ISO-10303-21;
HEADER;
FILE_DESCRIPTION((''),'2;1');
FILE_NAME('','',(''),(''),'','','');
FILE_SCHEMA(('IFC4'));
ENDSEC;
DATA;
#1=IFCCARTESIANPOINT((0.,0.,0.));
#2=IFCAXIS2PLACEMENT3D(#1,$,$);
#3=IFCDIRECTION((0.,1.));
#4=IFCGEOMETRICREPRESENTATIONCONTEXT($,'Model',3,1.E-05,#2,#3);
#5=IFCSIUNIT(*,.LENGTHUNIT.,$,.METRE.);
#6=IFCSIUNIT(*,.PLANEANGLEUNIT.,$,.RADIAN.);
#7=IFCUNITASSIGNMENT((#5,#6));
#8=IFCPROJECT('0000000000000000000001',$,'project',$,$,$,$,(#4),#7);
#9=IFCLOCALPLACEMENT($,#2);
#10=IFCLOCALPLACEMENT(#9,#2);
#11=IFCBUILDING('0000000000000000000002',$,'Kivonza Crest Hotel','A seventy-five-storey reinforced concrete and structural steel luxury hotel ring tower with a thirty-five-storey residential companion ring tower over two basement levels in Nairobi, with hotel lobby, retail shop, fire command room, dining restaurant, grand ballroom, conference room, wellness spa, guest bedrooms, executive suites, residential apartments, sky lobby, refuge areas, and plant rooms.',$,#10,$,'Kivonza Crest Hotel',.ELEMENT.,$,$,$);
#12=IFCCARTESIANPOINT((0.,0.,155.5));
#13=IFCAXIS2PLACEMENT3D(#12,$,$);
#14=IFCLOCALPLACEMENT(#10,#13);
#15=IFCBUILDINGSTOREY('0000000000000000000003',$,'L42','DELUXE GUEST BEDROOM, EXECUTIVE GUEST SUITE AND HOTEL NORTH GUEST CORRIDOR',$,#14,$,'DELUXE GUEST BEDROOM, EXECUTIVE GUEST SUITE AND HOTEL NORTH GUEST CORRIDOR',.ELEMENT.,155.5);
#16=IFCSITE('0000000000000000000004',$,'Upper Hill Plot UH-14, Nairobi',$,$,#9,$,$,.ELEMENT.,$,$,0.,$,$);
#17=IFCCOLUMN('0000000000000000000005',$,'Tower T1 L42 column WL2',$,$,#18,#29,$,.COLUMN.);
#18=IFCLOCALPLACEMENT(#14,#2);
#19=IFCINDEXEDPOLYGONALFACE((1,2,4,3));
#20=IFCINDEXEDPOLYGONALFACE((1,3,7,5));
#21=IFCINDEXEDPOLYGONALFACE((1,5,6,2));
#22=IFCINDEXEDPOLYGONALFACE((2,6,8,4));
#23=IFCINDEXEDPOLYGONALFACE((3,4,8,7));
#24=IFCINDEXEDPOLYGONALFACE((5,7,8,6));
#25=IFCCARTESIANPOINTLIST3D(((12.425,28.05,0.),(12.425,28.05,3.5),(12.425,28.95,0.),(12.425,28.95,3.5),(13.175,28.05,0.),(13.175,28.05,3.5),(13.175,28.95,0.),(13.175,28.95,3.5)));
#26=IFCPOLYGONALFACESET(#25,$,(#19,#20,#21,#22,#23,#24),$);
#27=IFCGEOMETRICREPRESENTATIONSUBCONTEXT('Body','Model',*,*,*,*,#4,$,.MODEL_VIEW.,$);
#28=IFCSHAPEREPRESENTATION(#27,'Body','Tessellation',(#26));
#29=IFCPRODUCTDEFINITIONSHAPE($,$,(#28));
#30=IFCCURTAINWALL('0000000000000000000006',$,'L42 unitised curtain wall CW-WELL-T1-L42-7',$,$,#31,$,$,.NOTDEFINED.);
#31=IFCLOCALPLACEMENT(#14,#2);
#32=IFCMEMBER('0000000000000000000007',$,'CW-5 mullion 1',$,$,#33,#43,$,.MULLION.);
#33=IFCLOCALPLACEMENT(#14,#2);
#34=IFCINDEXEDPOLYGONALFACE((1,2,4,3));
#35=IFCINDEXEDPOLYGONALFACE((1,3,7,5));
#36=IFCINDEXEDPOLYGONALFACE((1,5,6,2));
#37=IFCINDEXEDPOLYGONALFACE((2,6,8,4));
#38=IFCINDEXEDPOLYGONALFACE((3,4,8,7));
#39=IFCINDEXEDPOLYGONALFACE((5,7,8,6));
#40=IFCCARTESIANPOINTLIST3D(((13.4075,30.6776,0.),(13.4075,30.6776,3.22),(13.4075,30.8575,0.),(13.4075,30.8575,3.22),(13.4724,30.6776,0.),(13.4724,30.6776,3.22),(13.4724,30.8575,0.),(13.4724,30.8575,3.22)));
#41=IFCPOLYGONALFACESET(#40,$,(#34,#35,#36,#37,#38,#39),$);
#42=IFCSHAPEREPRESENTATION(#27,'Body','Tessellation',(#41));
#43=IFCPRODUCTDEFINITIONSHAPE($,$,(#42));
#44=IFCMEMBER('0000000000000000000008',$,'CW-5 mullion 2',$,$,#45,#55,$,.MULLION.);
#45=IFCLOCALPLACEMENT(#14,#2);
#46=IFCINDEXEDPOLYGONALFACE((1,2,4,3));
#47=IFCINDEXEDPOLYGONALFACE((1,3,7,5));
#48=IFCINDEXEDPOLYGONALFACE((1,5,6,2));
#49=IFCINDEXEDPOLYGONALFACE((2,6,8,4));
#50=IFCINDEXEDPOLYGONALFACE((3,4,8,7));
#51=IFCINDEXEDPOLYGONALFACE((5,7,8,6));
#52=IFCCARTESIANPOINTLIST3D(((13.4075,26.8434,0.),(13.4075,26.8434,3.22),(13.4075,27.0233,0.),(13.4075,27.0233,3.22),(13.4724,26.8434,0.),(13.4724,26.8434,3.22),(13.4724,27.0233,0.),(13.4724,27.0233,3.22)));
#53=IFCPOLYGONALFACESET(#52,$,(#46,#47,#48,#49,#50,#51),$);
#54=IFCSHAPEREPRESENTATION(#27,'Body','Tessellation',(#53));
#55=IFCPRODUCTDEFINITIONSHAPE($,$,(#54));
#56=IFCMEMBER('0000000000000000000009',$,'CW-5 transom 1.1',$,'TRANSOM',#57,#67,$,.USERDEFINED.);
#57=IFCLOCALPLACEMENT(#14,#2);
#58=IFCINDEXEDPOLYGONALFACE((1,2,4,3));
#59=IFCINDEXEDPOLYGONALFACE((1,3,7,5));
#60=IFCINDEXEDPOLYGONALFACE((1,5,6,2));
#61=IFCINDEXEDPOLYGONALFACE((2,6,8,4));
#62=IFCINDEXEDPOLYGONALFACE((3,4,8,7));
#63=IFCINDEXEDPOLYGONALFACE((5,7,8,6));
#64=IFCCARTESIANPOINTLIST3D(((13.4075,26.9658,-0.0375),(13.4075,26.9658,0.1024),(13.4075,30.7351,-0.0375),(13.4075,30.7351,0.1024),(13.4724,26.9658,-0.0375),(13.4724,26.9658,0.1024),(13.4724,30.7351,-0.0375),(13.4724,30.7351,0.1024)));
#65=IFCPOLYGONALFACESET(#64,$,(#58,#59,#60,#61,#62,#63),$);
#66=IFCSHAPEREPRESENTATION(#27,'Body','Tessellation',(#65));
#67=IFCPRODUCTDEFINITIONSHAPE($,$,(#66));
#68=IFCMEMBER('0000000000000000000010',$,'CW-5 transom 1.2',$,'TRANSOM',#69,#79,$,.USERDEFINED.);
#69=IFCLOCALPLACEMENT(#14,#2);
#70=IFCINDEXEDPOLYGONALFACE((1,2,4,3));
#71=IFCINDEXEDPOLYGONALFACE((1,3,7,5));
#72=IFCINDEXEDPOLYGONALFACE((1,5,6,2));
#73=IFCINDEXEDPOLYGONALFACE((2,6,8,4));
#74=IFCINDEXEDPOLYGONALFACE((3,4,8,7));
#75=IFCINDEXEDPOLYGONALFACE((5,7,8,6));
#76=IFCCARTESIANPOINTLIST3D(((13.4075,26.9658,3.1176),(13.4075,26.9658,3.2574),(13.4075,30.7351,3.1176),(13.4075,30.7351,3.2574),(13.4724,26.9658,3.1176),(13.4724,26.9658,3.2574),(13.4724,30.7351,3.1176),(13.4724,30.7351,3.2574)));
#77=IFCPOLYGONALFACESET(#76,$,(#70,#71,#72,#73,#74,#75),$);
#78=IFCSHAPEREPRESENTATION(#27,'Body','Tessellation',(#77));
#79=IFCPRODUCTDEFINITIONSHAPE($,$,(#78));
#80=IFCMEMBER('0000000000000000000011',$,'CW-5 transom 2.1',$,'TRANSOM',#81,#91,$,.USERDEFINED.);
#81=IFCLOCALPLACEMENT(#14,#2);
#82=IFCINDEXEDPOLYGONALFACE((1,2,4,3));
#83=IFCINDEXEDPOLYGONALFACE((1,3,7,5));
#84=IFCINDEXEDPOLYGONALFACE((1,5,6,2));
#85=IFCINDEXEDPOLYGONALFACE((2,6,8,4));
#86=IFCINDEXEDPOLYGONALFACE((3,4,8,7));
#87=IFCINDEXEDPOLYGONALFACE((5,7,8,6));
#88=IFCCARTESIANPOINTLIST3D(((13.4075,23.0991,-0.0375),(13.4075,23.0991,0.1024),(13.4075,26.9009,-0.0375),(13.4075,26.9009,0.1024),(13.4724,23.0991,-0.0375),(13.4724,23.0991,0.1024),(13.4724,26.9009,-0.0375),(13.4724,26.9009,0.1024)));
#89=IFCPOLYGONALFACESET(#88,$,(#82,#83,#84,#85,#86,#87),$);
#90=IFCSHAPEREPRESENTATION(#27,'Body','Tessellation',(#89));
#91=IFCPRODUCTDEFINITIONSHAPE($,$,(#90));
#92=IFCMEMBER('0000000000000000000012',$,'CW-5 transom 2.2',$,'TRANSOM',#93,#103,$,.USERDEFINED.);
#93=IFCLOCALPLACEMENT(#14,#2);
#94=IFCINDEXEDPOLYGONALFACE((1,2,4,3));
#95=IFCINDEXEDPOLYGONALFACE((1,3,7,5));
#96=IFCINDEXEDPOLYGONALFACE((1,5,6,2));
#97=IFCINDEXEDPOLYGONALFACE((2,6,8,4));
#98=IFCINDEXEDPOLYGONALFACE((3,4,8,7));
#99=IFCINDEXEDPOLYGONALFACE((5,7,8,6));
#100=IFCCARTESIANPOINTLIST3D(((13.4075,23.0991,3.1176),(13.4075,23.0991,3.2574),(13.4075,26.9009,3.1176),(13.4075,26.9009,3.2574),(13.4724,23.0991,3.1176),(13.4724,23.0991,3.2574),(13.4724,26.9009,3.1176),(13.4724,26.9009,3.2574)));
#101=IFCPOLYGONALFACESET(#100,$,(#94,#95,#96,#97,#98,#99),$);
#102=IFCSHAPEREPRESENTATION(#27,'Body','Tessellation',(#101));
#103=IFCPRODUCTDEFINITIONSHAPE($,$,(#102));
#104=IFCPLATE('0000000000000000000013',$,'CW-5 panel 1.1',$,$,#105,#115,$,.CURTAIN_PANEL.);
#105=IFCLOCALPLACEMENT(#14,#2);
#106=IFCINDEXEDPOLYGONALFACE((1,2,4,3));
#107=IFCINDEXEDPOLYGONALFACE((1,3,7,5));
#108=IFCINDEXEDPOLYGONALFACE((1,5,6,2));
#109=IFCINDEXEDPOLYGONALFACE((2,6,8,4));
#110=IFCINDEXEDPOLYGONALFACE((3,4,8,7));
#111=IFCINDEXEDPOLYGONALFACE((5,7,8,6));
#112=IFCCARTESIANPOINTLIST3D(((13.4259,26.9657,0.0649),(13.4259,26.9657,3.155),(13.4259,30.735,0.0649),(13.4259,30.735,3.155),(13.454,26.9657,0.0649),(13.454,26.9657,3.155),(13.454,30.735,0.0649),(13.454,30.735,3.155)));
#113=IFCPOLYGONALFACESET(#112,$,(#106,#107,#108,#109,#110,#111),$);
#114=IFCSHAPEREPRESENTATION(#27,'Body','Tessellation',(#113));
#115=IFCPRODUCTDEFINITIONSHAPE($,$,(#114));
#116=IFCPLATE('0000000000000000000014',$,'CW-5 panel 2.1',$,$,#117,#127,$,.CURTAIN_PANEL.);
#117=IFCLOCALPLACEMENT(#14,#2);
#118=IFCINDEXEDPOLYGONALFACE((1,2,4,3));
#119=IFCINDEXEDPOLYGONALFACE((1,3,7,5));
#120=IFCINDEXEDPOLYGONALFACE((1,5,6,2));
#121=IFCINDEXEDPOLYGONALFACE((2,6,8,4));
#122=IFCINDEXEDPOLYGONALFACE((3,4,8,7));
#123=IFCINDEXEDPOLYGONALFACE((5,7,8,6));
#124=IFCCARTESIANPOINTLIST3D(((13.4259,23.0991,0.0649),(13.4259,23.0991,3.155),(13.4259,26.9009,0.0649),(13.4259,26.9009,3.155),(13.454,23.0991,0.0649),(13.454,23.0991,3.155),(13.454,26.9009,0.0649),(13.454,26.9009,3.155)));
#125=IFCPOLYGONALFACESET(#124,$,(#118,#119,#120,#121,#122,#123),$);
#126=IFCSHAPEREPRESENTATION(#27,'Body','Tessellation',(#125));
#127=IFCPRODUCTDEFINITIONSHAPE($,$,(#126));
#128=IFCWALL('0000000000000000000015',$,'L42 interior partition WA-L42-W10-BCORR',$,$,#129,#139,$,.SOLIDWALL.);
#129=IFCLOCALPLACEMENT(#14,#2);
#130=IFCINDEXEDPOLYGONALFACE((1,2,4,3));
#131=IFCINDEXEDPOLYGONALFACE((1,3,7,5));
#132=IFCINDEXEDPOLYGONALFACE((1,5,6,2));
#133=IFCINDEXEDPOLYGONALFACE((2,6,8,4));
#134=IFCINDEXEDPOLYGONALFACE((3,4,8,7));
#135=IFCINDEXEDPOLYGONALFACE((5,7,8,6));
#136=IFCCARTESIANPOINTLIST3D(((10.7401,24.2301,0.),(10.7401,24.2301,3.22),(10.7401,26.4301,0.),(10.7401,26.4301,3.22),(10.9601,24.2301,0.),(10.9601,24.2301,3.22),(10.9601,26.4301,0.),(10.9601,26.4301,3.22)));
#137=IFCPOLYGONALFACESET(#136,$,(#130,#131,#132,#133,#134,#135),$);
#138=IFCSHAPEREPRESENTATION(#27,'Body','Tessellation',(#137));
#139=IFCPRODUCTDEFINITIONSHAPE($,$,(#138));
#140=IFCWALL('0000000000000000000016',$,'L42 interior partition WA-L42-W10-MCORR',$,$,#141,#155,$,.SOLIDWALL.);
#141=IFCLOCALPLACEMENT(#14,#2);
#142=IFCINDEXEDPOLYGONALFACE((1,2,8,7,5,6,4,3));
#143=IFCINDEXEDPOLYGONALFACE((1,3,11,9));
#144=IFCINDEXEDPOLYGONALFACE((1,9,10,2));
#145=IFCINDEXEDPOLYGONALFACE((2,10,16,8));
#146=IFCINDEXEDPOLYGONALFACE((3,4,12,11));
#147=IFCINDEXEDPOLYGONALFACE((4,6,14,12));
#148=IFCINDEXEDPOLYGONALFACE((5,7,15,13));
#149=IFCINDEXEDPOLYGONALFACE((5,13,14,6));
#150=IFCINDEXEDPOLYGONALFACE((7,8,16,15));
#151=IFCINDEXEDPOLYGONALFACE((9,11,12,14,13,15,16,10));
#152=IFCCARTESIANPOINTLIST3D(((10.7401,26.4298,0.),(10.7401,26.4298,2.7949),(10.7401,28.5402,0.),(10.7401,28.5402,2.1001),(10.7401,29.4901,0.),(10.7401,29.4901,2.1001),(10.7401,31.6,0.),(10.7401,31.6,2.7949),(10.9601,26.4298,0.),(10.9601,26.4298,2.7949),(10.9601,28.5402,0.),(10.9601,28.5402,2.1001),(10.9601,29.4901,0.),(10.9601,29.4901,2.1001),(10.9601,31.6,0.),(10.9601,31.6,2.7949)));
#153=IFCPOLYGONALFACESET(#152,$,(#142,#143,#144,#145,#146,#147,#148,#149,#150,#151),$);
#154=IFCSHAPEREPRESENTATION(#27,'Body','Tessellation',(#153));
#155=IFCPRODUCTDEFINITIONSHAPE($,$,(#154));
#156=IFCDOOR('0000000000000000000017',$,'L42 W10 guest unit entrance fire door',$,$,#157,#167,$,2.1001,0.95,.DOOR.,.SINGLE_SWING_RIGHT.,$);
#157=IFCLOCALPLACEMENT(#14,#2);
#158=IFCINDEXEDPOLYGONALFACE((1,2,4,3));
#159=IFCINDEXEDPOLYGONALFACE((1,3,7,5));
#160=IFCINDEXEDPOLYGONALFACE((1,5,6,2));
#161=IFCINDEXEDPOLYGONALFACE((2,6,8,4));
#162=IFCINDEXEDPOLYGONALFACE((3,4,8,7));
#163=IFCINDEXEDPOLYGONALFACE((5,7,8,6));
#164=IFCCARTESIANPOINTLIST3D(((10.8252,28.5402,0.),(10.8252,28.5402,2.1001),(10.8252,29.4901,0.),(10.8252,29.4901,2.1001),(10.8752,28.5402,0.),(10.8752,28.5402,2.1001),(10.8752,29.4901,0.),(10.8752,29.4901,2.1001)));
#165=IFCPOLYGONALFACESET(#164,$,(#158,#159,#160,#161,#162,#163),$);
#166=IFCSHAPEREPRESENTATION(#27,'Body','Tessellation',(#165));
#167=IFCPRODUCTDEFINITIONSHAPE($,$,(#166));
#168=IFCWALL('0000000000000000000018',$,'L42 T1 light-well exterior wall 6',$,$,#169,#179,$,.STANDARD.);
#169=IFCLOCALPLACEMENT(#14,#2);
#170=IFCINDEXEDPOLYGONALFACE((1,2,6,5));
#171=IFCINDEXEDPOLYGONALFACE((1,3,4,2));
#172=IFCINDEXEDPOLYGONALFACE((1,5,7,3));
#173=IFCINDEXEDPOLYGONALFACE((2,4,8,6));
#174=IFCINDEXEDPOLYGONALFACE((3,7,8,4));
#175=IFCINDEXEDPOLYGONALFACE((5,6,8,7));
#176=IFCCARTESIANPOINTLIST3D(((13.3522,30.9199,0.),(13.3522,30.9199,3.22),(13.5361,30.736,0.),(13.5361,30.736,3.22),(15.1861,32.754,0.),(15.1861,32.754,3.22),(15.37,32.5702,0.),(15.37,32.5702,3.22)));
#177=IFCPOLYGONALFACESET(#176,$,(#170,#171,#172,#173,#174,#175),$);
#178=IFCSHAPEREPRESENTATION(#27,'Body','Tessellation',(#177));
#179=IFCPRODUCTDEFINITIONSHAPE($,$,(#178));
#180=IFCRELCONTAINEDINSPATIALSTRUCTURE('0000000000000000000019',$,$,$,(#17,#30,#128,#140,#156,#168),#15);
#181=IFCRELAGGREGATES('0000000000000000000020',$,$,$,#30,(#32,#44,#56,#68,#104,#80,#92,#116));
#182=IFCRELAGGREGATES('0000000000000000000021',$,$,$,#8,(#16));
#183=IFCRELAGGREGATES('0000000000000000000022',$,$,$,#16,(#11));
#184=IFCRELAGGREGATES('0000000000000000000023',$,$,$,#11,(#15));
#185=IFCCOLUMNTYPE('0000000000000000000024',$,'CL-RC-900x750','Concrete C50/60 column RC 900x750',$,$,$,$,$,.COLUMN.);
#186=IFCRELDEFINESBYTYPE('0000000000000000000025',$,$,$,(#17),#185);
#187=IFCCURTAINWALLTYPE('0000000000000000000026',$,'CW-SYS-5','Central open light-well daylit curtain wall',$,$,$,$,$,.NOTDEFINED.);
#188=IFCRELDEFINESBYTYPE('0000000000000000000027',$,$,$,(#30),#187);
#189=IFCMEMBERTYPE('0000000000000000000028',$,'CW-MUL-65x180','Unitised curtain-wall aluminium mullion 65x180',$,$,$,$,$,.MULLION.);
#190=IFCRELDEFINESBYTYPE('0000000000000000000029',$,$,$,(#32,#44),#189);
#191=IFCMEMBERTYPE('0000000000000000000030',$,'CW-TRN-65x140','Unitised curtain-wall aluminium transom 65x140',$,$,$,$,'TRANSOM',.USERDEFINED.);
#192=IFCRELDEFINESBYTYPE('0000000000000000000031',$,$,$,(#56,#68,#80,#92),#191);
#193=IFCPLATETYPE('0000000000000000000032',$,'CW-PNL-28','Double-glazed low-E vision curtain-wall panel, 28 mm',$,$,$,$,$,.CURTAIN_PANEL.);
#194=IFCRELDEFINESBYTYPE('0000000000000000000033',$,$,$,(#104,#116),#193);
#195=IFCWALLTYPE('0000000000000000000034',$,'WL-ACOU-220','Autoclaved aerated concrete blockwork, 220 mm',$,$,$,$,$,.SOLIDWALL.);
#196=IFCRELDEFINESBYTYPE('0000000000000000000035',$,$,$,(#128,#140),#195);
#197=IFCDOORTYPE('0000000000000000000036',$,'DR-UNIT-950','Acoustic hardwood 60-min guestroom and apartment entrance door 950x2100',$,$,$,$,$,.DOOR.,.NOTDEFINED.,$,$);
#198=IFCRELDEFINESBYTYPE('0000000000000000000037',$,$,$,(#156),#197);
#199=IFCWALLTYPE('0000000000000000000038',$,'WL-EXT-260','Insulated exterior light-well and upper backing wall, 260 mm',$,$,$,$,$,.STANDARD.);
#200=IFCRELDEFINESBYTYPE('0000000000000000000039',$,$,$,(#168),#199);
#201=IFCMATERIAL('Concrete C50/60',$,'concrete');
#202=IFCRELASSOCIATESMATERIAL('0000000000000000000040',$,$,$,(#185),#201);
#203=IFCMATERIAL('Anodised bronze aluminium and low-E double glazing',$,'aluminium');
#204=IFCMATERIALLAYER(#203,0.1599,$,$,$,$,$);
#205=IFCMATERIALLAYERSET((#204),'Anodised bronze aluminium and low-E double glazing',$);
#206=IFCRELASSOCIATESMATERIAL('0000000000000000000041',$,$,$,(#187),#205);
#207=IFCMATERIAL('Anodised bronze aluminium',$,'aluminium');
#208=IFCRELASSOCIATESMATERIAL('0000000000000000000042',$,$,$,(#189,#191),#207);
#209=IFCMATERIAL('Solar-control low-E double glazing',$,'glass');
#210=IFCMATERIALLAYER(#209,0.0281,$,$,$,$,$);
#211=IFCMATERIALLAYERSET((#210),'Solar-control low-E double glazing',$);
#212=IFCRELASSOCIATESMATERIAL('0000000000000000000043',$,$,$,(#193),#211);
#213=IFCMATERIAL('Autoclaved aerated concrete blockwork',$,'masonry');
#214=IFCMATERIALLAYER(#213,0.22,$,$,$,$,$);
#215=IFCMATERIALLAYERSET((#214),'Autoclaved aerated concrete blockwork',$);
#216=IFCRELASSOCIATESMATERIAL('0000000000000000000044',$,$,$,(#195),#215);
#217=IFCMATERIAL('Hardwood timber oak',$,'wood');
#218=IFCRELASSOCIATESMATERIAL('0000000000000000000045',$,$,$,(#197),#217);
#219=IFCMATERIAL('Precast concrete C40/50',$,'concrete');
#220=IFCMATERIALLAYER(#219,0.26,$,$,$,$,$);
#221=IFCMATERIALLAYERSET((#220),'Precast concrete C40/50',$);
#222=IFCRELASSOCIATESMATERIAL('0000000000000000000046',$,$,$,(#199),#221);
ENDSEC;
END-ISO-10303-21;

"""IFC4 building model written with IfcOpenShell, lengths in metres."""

from ifc_helpers import new_model, si_unit, direction, frame, frame_2d, origin, origin_2d, place, context, subcontext, project, spatial, rectangle, extrude, material, layer, layer_set, material_profile, profile_set, type_object, element, fill, aggregate, save


model = new_model("IFC4")

# Units and contexts
model_context = context("Model", 3, precision=1e-05, world=origin(), true_north=direction((0.0, 1.0)))
body_context = subcontext(model_context, "Body", "Model", "MODEL_VIEW")
ifc_project = project(units=[si_unit("LENGTHUNIT", "METRE"), si_unit("PLANEANGLEUNIT", "RADIAN")], contexts=[model_context])

# Site, building, storey
site_placement = place(None, origin())
site = spatial("IfcSite", under=ifc_project, at=site_placement, Name="Upper Hill Plot UH-14, Nairobi", CompositionType="ELEMENT", RefElevation=0.0)
building_placement = place(site_placement, origin())
building = spatial("IfcBuilding", under=site, at=building_placement, Name="Kivonza Crest Hotel", Description="A seventy-five-storey reinforced concrete and structural steel luxury hotel ring tower with a thirty-five-storey residential companion ring tower over two basement levels in Nairobi, with hotel lobby, retail shop, fire command room, dining restaurant, grand ballroom, conference room, wellness spa, guest bedrooms, executive suites, residential apartments, sky lobby, refuge areas, and plant rooms.", LongName="Kivonza Crest Hotel", CompositionType="ELEMENT")
storey_placement = place(building_placement, frame((0.0, 0.0, 155.5)))
storey = spatial("IfcBuildingStorey", under=building, at=storey_placement, Name="L42", Description="DELUXE GUEST BEDROOM, EXECUTIVE GUEST SUITE AND HOTEL NORTH GUEST CORRIDOR", LongName="DELUXE GUEST BEDROOM, EXECUTIVE GUEST SUITE AND HOTEL NORTH GUEST CORRIDOR", CompositionType="ELEMENT", Elevation=155.5)

# Column
ifc_material_1 = material(Name="Concrete C50/60", Category="concrete")
ifc_material_profile_1 = material_profile(ifc_material_1, rectangle(XDim=0.75, YDim=0.8999, at=origin_2d()), Name="RC 900x750")
ifc_profile_set_1 = profile_set([ifc_material_profile_1], Name="Concrete C50/60")
column_type = type_object("IfcColumnType", Name="CL-RC-900x750", Description="Concrete C50/60 column RC 900x750", PredefinedType="COLUMN", material=ifc_profile_set_1)
column_placement = place(storey_placement, frame((12.8, 28.5, 0.0), z_axis=(0.0, 0.0, 1.0), x_axis=(1.0, 0.0, 0.0)))
element("IfcColumn", 1, at=column_placement, inside=storey, type_object=column_type, Name="Tower T1 L42 column WL2", PredefinedType="COLUMN", context=body_context, shape_type="SweptSolid", body=[
    extrude(rectangle(XDim=0.75, YDim=0.8999, at=origin_2d()), origin(), (0.0, 0.0, 1.0), 3.5),
])

# Curtain wall, members, plates
ifc_material_2 = material(Name="Anodised bronze aluminium and low-E double glazing", Category="aluminium")
ifc_layer_1 = layer(ifc_material_2, 0.1599)
ifc_layer_set_1 = layer_set([ifc_layer_1], Name="Anodised bronze aluminium and low-E double glazing")
curtain_wall_type = type_object("IfcCurtainWallType", Name="CW-SYS-5", Description="Central open light-well daylit curtain wall", PredefinedType="NOTDEFINED", material=ifc_layer_set_1)
curtain_wall_placement = place(storey_placement, origin())
curtain_wall = element("IfcCurtainWall", 2, at=curtain_wall_placement, inside=storey, type_object=curtain_wall_type, Name="L42 unitised curtain wall CW-WELL-T1-L42-7", PredefinedType="NOTDEFINED")
ifc_material_3 = material(Name="Anodised bronze aluminium", Category="aluminium")
ifc_material_profile_2 = material_profile(ifc_material_3, rectangle(XDim=0.0649, YDim=0.1799, at=origin_2d()), Name="CW-M 65x180")
ifc_profile_set_2 = profile_set([ifc_material_profile_2], Name="Anodised bronze aluminium")
member_type_1 = type_object("IfcMemberType", Name="CW-MUL-65x180", Description="Unitised curtain-wall aluminium mullion 65x180", PredefinedType="MULLION", material=ifc_profile_set_2)
member_1_placement = place(storey_placement, frame((13.4399, 30.7676, 0.0), z_axis=(0.0, 0.0, 1.0), x_axis=(1.0, 0.0, 0.0)))
member_1 = element("IfcMember", 3, at=member_1_placement, type_object=member_type_1, Name="CW-5 mullion 1", PredefinedType="MULLION", context=body_context, shape_type="SweptSolid", body=[
    extrude(rectangle(XDim=0.0649, YDim=0.1799, at=origin_2d()), origin(), (0.0, 0.0, 1.0), 3.22),
])
member_2_placement = place(storey_placement, frame((13.4399, 26.9333, 0.0), z_axis=(0.0, 0.0, 1.0), x_axis=(1.0, 0.0, 0.0)))
member_2 = element("IfcMember", 4, at=member_2_placement, type_object=member_type_1, Name="CW-5 mullion 2", PredefinedType="MULLION", context=body_context, shape_type="SweptSolid", body=[
    extrude(rectangle(XDim=0.0649, YDim=0.1799, at=origin_2d()), origin(), (0.0, 0.0, 1.0), 3.22),
])
ifc_material_profile_3 = material_profile(ifc_material_3, rectangle(XDim=0.0649, YDim=0.1399, at=origin_2d()), Name="CW-T 65x140")
ifc_profile_set_3 = profile_set([ifc_material_profile_3], Name="Anodised bronze aluminium")
member_type_2 = type_object("IfcMemberType", Name="CW-TRN-65x140", Description="Unitised curtain-wall aluminium transom 65x140", ElementType="TRANSOM", PredefinedType="USERDEFINED", material=ifc_profile_set_3)
member_3_placement = place(storey_placement, frame((13.4399, 30.7351, 0.0325), z_axis=(0.0, -1.0, 0.0), x_axis=(1.0, 0.0, 0.0)))
member_3 = element("IfcMember", 5, at=member_3_placement, type_object=member_type_2, Name="CW-5 transom 1.1", ObjectType="TRANSOM", PredefinedType="USERDEFINED", context=body_context, shape_type="SweptSolid", body=[
    extrude(rectangle(XDim=0.0649, YDim=0.1399, at=origin_2d()), origin(), (0.0, 0.0, 1.0), 3.7693),
])
member_4_placement = place(storey_placement, frame((13.4399, 30.7351, 3.1875), z_axis=(0.0, -1.0, 0.0), x_axis=(1.0, 0.0, 0.0)))
member_4 = element("IfcMember", 6, at=member_4_placement, type_object=member_type_2, Name="CW-5 transom 1.2", ObjectType="TRANSOM", PredefinedType="USERDEFINED", context=body_context, shape_type="SweptSolid", body=[
    extrude(rectangle(XDim=0.0649, YDim=0.1399, at=origin_2d()), origin(), (0.0, 0.0, 1.0), 3.7693),
])
member_5_placement = place(storey_placement, frame((13.4399, 26.9009, 0.0325), z_axis=(0.0, -1.0, 0.0), x_axis=(1.0, 0.0, 0.0)))
member_5 = element("IfcMember", 7, at=member_5_placement, type_object=member_type_2, Name="CW-5 transom 2.1", ObjectType="TRANSOM", PredefinedType="USERDEFINED", context=body_context, shape_type="SweptSolid", body=[
    extrude(rectangle(XDim=0.0649, YDim=0.1399, at=origin_2d()), origin(), (0.0, 0.0, 1.0), 3.8018),
])
member_6_placement = place(storey_placement, frame((13.4399, 26.9009, 3.1875), z_axis=(0.0, -1.0, 0.0), x_axis=(1.0, 0.0, 0.0)))
member_6 = element("IfcMember", 8, at=member_6_placement, type_object=member_type_2, Name="CW-5 transom 2.2", ObjectType="TRANSOM", PredefinedType="USERDEFINED", context=body_context, shape_type="SweptSolid", body=[
    extrude(rectangle(XDim=0.0649, YDim=0.1399, at=origin_2d()), origin(), (0.0, 0.0, 1.0), 3.8018),
])
ifc_material_4 = material(Name="Solar-control low-E double glazing", Category="glass")
ifc_layer_2 = layer(ifc_material_4, 0.0281)
ifc_layer_set_2 = layer_set([ifc_layer_2], Name="Solar-control low-E double glazing")
plate_type = type_object("IfcPlateType", Name="CW-PNL-28", Description="Double-glazed low-E vision curtain-wall panel, 28 mm", PredefinedType="CURTAIN_PANEL", material=ifc_layer_set_2)
plate_1_placement = place(storey_placement, frame((13.4399, 28.8503, 0.0649), z_axis=(0.0, 0.0, 1.0), x_axis=(0.0, -1.0, 0.0)))
plate_1 = element("IfcPlate", 9, at=plate_1_placement, type_object=plate_type, Name="CW-5 panel 1.1", PredefinedType="CURTAIN_PANEL", context=body_context, shape_type="SweptSolid", body=[
    extrude(rectangle(XDim=3.7693, YDim=0.0281, at=origin_2d()), origin(), (0.0, 0.0, 1.0), 3.0901),
])
plate_2_placement = place(storey_placement, frame((13.4399, 25.0, 0.0649), z_axis=(0.0, 0.0, 1.0), x_axis=(0.0, -1.0, 0.0)))
plate_2 = element("IfcPlate", 10, at=plate_2_placement, type_object=plate_type, Name="CW-5 panel 2.1", PredefinedType="CURTAIN_PANEL", context=body_context, shape_type="SweptSolid", body=[
    extrude(rectangle(XDim=3.8018, YDim=0.0281, at=origin_2d()), origin(), (0.0, 0.0, 1.0), 3.0901),
])
aggregate(curtain_wall, [member_1, member_2, member_3, member_4, plate_1, member_5, member_6, plate_2])

# Wall
ifc_material_5 = material(Name="Autoclaved aerated concrete blockwork", Category="masonry")
ifc_layer_3 = layer(ifc_material_5, 0.22)
ifc_layer_set_3 = layer_set([ifc_layer_3], Name="Autoclaved aerated concrete blockwork")
wall_type_1 = type_object("IfcWallType", Name="WL-ACOU-220", Description="Autoclaved aerated concrete blockwork, 220 mm", PredefinedType="SOLIDWALL", material=ifc_layer_set_3)
wall_1_placement = place(storey_placement, frame((10.8501, 24.23, 0.0), z_axis=(0.0, 0.0, 1.0), x_axis=(0.0, 1.0, 0.0)))
element("IfcWall", 11, at=wall_1_placement, inside=storey, type_object=wall_type_1, Name="L42 interior partition WA-L42-W10-BCORR", PredefinedType="SOLIDWALL", context=body_context, shape_type="SweptSolid", body=[
    extrude(rectangle(XDim=2.2, YDim=0.22, at=frame_2d((1.1001, 0.0))), origin(), (0.0, 0.0, 1.0), 3.22),
])

# Wall, opening, door
wall_2_placement = place(storey_placement, frame((10.8501, 26.4299, 0.0), z_axis=(0.0, 0.0, 1.0), x_axis=(0.0, 1.0, 0.0)))
wall_2 = element("IfcWall", 12, at=wall_2_placement, inside=storey, type_object=wall_type_1, Name="L42 interior partition WA-L42-W10-MCORR", PredefinedType="SOLIDWALL", context=body_context, shape_type="SweptSolid", body=[
    extrude(rectangle(XDim=5.1702, YDim=0.22, at=frame_2d((2.585, 0.0))), origin(), (0.0, 0.0, 1.0), 2.7949),
])
opening_1_placement = place(wall_2_placement, frame((2.1101, 0.0, 0.0)))
opening_1 = element("IfcOpeningElement", 13, at=opening_1_placement, cuts=wall_2, PredefinedType="OPENING", context=body_context, shape_type="SweptSolid", body=[
    extrude(rectangle(XDim=0.95, YDim=2.1001, at=frame_2d((0.4751, 1.05))), frame((0.0, 0.1201, 0.0), z_axis=(0.0, -1.0, 0.0), x_axis=(1.0, 0.0, 0.0)), (0.0, 0.0, 1.0), 0.24),
])
ifc_material_6 = material(Name="Hardwood timber oak", Category="wood")
door_type_1 = type_object("IfcDoorType", Name="DR-UNIT-950", Description="Acoustic hardwood 60-min guestroom and apartment entrance door 950x2100", OperationType="NOTDEFINED", PredefinedType="DOOR", material=ifc_material_6)
door_1_placement = place(opening_1_placement, origin())
door_1 = element("IfcDoor", 14, at=door_1_placement, inside=storey, type_object=door_type_1, Name="L42 W10 guest unit entrance fire door", OperationType="SINGLE_SWING_RIGHT", OverallHeight=2.1001, OverallWidth=0.95, PredefinedType="DOOR", context=body_context, shape_type="SweptSolid", body=[
    extrude(rectangle(XDim=0.95, YDim=2.1001, at=frame_2d((0.4751, 1.05))), frame((0.0, 0.0249, 0.0), z_axis=(0.0, -1.0, 0.0), x_axis=(1.0, 0.0, 0.0)), (0.0, 0.0, 1.0), 0.05),
])
fill(opening_1, door_1)

# Wall
ifc_material_7 = material(Name="Precast concrete C40/50", Category="concrete")
ifc_layer_4 = layer(ifc_material_7, 0.26)
ifc_layer_set_4 = layer_set([ifc_layer_4], Name="Precast concrete C40/50")
wall_type_2 = type_object("IfcWallType", Name="WL-EXT-260", Description="Insulated exterior light-well and upper backing wall, 260 mm", PredefinedType="STANDARD", material=ifc_layer_set_4)
wall_3_placement = place(storey_placement, frame((15.2781, 32.6621, 0.0), z_axis=(0.0, 0.0, 1.0), x_axis=(-0.70706, -0.707154, 0.0)))
element("IfcWall", 15, at=wall_3_placement, inside=storey, type_object=wall_type_2, Name="L42 T1 light-well exterior wall 6", PredefinedType="STANDARD", context=body_context, shape_type="SweptSolid", body=[
    extrude(rectangle(XDim=2.5938, YDim=0.26, at=frame_2d((1.2969, 0.0))), origin(), (0.0, 0.0, 1.0), 3.22),
])

save(model, "model.ifc")
